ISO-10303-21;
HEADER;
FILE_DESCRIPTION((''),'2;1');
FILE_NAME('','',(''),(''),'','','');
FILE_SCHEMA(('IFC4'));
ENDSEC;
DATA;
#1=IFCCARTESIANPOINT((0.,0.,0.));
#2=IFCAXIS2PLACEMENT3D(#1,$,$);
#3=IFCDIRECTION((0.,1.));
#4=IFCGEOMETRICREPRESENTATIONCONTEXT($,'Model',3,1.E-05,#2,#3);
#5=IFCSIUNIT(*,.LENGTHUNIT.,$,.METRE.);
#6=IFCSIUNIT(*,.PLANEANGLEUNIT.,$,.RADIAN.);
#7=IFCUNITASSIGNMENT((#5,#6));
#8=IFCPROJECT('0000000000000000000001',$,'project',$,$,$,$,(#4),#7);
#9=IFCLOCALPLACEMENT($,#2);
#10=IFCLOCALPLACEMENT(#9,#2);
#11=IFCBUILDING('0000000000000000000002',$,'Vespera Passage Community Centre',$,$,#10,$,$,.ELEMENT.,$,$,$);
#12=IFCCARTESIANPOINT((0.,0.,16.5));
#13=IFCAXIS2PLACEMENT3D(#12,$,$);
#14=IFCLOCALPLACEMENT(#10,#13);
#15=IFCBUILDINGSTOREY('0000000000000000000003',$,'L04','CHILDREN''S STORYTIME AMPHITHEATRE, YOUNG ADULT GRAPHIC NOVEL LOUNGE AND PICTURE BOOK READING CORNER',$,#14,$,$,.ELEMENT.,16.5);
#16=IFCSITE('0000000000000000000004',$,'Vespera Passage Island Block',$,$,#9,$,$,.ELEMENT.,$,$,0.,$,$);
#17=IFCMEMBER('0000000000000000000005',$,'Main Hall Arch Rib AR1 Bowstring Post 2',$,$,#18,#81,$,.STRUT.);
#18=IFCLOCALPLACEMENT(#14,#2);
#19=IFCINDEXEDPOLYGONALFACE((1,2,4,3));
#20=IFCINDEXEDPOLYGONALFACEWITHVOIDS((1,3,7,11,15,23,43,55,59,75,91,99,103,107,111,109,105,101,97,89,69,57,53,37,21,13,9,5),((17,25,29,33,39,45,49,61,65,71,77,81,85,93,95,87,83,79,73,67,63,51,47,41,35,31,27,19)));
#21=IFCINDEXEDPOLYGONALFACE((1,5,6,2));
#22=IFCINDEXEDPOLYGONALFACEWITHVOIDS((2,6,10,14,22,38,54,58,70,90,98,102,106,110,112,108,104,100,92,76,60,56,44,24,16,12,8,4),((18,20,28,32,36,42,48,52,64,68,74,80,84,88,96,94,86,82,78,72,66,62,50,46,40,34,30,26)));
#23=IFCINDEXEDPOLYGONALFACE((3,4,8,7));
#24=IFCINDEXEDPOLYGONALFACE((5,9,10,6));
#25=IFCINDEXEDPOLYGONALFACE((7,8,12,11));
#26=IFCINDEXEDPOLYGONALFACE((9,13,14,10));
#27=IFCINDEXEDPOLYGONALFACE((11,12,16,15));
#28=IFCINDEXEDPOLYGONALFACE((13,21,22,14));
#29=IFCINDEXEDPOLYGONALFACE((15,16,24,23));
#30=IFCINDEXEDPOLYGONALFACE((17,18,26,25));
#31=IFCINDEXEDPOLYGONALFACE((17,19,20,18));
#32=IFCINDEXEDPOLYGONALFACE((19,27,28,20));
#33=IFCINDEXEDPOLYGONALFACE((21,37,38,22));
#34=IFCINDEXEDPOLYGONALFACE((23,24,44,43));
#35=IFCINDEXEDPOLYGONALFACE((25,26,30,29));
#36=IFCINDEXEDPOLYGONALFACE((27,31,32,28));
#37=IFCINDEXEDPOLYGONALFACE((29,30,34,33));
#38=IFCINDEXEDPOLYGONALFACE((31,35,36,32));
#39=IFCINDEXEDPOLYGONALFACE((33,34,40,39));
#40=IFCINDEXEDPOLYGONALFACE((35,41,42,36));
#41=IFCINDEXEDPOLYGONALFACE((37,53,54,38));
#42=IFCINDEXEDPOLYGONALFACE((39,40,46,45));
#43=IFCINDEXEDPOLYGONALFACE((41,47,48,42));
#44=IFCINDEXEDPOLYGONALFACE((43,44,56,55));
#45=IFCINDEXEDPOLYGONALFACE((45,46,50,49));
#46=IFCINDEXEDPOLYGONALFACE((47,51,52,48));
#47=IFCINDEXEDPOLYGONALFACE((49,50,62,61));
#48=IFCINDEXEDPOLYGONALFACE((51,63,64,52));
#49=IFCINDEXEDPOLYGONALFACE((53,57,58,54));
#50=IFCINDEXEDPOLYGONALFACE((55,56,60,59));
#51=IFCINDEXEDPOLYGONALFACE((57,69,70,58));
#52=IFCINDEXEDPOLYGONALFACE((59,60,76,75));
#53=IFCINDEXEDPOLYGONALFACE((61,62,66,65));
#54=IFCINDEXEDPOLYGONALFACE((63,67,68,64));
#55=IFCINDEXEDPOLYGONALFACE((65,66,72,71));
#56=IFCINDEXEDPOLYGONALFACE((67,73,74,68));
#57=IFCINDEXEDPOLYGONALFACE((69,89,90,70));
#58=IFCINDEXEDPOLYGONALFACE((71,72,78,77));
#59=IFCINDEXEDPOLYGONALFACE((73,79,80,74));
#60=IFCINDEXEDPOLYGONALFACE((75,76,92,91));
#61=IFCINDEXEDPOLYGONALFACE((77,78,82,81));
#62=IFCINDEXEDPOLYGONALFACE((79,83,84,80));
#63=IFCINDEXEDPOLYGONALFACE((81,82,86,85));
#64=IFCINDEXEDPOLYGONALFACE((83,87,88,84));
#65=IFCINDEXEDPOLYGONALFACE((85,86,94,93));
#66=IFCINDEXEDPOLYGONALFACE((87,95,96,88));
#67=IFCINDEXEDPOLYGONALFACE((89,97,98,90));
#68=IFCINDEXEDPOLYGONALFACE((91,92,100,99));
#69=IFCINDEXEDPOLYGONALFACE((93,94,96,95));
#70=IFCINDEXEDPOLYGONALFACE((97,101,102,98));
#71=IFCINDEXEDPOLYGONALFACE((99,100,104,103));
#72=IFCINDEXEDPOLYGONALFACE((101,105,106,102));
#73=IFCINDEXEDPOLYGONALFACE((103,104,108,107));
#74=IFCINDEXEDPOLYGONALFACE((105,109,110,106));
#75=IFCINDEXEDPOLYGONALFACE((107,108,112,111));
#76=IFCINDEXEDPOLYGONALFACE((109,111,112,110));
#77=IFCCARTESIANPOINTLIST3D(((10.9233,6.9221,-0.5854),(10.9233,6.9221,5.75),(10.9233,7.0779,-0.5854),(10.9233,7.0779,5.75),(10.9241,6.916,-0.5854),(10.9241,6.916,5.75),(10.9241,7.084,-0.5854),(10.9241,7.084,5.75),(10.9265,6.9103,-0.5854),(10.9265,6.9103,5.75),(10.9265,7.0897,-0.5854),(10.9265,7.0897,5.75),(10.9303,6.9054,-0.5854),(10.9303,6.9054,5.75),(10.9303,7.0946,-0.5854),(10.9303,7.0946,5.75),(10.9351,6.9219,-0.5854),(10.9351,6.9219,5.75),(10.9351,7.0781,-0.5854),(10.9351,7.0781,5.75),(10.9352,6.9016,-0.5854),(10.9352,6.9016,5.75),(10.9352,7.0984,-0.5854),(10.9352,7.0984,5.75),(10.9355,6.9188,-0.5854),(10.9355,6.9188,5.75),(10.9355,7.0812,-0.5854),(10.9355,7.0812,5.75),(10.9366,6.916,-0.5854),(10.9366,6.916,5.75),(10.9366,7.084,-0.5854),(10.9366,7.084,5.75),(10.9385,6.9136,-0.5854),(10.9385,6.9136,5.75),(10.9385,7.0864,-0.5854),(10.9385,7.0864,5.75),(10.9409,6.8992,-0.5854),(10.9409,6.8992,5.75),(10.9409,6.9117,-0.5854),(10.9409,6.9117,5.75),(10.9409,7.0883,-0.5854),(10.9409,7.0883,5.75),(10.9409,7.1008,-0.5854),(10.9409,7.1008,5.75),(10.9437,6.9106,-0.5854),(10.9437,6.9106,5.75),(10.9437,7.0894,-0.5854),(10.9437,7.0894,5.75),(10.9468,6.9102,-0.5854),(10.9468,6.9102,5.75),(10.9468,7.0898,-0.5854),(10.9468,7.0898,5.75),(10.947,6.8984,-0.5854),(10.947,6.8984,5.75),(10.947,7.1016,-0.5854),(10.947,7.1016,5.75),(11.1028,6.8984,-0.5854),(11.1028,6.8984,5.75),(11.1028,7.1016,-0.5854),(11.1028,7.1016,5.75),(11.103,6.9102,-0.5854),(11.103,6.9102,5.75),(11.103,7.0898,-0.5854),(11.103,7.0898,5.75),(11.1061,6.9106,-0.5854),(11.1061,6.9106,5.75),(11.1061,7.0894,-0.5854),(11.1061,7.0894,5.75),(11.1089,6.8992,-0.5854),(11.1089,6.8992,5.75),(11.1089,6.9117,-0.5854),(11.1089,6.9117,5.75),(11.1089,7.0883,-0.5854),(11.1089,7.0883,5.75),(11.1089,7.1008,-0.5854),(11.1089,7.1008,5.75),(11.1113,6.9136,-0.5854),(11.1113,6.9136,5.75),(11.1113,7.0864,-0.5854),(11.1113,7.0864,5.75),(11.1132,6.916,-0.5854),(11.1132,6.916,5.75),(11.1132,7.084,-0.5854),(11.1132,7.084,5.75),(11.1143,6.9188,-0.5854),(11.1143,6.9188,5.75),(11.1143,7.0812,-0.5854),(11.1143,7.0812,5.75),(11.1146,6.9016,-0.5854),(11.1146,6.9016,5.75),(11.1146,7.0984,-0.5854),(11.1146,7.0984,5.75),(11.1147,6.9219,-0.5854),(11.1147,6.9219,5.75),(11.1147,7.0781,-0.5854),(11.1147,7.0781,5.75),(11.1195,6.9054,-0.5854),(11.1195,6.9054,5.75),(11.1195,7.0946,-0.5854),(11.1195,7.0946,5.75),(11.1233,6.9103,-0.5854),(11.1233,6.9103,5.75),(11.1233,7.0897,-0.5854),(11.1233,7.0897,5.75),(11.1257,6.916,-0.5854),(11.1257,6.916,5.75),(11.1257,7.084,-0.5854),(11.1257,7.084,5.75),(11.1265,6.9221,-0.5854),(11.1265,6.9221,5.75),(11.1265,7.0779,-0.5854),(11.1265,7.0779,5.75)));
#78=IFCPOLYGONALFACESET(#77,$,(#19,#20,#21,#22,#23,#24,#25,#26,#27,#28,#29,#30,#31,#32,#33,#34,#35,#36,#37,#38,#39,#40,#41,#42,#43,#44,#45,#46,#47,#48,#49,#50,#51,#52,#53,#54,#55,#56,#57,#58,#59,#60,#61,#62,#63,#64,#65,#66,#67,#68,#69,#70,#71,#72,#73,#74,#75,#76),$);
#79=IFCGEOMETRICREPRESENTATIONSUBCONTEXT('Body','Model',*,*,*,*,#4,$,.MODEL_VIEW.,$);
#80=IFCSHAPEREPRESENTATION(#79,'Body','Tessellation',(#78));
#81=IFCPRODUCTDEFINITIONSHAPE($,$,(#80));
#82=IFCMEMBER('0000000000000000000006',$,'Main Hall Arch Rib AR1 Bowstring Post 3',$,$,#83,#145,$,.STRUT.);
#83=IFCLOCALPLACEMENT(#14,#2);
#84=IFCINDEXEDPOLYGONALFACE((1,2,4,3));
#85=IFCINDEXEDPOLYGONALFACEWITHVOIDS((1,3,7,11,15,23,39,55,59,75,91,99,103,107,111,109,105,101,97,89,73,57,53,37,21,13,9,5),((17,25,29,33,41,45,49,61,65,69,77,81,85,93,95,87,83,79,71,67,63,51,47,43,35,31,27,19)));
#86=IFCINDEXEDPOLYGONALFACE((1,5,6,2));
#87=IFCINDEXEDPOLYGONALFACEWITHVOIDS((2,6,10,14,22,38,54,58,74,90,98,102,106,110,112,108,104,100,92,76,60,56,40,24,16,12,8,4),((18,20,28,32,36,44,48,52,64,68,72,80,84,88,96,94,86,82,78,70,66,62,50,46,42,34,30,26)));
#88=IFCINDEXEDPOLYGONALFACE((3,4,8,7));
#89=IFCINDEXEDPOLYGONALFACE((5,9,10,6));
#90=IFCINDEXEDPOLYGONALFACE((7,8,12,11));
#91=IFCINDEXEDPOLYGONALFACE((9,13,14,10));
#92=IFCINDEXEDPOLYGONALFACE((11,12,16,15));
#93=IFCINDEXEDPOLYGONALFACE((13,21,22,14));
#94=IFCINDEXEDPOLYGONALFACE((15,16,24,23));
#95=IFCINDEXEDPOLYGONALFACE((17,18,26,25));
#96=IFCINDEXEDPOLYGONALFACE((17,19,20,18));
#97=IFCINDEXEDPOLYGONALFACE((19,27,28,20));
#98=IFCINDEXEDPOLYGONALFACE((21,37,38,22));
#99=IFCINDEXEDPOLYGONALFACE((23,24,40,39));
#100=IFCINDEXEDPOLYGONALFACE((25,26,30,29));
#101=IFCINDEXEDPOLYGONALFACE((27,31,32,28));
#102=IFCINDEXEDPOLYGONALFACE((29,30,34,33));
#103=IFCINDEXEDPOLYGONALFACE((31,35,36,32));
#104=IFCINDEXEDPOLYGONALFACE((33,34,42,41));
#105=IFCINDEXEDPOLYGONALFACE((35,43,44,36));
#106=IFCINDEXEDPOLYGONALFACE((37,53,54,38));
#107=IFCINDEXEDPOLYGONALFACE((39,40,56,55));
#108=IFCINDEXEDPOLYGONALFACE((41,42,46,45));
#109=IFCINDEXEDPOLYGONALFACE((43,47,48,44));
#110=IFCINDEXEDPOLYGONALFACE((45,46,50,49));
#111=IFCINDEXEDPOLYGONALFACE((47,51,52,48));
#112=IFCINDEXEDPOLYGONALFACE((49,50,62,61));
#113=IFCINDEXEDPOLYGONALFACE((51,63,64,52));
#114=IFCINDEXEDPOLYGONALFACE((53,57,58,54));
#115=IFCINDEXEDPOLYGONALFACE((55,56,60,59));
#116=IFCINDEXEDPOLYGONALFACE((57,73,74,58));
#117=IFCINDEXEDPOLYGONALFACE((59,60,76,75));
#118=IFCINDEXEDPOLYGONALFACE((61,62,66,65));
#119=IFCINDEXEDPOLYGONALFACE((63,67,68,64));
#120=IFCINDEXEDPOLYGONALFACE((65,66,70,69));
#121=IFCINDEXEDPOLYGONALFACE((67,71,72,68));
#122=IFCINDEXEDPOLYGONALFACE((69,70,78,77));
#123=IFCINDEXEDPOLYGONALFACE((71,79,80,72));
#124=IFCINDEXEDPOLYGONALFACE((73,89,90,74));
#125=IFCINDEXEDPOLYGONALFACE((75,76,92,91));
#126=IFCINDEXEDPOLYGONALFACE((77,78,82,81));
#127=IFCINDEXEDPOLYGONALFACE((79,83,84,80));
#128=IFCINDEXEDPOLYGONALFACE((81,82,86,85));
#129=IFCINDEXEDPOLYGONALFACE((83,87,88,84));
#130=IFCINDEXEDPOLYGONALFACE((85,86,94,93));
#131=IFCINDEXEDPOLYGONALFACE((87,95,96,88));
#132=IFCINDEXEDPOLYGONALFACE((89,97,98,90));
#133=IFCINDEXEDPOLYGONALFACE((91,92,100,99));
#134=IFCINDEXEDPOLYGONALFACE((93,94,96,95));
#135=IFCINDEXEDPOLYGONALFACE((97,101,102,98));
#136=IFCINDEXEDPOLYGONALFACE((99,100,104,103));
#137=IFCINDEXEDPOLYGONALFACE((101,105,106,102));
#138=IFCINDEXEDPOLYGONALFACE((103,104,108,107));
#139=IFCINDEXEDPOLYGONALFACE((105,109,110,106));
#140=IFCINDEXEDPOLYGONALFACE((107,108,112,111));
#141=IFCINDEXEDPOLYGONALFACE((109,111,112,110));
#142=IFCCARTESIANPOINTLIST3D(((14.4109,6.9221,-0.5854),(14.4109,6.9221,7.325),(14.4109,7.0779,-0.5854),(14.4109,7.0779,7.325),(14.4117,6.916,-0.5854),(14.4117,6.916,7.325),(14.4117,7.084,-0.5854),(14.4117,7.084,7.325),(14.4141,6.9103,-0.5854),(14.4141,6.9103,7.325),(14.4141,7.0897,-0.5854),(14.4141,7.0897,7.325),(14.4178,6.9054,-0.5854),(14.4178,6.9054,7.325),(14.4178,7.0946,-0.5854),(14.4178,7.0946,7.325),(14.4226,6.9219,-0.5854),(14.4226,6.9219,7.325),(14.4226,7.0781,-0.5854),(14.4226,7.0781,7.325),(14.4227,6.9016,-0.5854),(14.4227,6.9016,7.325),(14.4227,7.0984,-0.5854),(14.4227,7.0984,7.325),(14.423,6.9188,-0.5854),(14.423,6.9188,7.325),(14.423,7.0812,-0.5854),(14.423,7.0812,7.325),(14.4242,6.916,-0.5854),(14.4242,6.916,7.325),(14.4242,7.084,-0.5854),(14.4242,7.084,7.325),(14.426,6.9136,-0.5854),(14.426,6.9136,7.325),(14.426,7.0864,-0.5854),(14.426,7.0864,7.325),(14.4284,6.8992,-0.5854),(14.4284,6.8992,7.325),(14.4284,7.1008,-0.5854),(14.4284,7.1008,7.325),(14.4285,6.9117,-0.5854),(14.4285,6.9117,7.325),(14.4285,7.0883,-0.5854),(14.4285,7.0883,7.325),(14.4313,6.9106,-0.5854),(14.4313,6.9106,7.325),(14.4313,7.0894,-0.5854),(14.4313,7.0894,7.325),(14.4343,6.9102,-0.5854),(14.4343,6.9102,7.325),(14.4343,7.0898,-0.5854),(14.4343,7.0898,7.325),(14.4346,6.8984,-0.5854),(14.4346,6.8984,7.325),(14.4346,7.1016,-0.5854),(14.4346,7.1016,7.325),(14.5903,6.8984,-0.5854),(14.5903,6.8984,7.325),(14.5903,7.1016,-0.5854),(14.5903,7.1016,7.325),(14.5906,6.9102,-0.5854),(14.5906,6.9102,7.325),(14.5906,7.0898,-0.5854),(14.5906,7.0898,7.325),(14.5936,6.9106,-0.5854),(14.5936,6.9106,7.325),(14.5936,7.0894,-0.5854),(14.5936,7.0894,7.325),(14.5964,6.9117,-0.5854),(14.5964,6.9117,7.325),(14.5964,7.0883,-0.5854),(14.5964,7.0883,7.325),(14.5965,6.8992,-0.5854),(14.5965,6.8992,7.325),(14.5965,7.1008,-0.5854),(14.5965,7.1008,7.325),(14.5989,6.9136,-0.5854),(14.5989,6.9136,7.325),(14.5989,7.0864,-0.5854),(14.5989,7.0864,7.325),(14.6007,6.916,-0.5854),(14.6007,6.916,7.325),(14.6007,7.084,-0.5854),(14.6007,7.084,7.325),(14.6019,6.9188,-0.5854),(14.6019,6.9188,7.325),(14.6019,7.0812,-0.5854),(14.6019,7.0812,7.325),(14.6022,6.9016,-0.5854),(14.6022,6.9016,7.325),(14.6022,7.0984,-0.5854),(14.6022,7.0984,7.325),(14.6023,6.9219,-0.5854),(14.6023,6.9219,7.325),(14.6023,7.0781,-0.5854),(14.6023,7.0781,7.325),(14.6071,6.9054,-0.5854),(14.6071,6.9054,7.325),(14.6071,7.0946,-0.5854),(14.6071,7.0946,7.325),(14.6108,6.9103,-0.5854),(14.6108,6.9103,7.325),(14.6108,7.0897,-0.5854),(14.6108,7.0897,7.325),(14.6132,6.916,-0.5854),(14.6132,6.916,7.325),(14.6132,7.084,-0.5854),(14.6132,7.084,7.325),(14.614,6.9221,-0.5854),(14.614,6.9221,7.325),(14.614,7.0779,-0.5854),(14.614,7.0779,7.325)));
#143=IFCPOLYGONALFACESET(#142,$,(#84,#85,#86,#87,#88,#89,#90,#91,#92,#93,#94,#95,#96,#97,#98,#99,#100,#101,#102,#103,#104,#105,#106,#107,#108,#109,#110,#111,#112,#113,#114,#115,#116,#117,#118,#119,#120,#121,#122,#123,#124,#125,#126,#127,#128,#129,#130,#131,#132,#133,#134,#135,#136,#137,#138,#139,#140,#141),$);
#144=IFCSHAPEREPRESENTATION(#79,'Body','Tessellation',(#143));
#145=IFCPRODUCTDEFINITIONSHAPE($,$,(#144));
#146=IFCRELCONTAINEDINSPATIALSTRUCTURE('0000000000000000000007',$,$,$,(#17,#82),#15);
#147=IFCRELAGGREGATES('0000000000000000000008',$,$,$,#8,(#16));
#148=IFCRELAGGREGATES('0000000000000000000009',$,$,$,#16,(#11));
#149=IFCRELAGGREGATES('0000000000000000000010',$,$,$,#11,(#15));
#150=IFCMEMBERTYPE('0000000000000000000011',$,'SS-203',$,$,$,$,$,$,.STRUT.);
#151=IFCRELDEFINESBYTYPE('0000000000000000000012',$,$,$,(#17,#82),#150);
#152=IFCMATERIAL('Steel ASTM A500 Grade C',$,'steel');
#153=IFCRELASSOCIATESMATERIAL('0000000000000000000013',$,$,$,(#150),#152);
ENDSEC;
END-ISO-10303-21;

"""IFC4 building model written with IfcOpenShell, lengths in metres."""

from ifc_helpers import new_model, si_unit, direction, frame, origin, origin_2d, place, context, subcontext, project, spatial, hollow_rectangle, extrude, material, material_profile, profile_set, type_object, element, save


model = new_model("IFC4")

# Units and contexts
model_context = context("Model", 3, precision=1e-05, world=origin(), true_north=direction((0.0, 1.0)))
body_context = subcontext(model_context, "Body", "Model", "MODEL_VIEW")
ifc_project = project(units=[si_unit("LENGTHUNIT", "METRE"), si_unit("PLANEANGLEUNIT", "RADIAN")], contexts=[model_context])

# Site, building, storey
site_placement = place(None, origin())
site = spatial("IfcSite", under=ifc_project, at=site_placement, Name="Vespera Passage Island Block", CompositionType="ELEMENT", RefElevation=0.0)
building_placement = place(site_placement, origin())
building = spatial("IfcBuilding", under=site, at=building_placement, Name="Vespera Passage Community Centre", CompositionType="ELEMENT")
storey_placement = place(building_placement, frame((0.0, 0.0, 16.5)))
storey = spatial("IfcBuildingStorey", under=building, at=storey_placement, Name="L04", Description="CHILDREN'S STORYTIME AMPHITHEATRE, YOUNG ADULT GRAPHIC NOVEL LOUNGE AND PICTURE BOOK READING CORNER", CompositionType="ELEMENT", Elevation=16.5)

# Members
ifc_material_1 = material(Name="Steel ASTM A500 Grade C", Category="steel")
ifc_material_profile_1 = material_profile(ifc_material_1, hollow_rectangle(XDim=0.2031, YDim=0.2031, WallThickness=0.0117, InnerFilletRadius=0.0117, OuterFilletRadius=0.0237, at=origin_2d()), Name="HSS203X203X12.7")
ifc_profile_set_1 = profile_set([ifc_material_profile_1], Name="Steel ASTM A500 Grade C")
member_type_1 = type_object("IfcMemberType", Name="SS-203", PredefinedType="STRUT", material=ifc_profile_set_1)
member_1_placement = place(storey_placement, frame((11.0249, 7.0, -0.5854), z_axis=(0.0, 0.0, 1.0), x_axis=(1.0, 0.0, 0.0)))
element("IfcMember", 1, at=member_1_placement, inside=storey, type_object=member_type_1, Name="Main Hall Arch Rib AR1 Bowstring Post 2", PredefinedType="STRUT", context=body_context, shape_type="SweptSolid", body=[
    extrude(hollow_rectangle(XDim=0.2031, YDim=0.2031, WallThickness=0.0117, InnerFilletRadius=0.0117, OuterFilletRadius=0.0237, at=origin_2d()), origin(), (0.0, 0.0, 1.0), 6.3354),
])
member_2_placement = place(storey_placement, frame((14.5125, 7.0, -0.5854), z_axis=(0.0, 0.0, 1.0), x_axis=(1.0, 0.0, 0.0)))
element("IfcMember", 2, at=member_2_placement, inside=storey, type_object=member_type_1, Name="Main Hall Arch Rib AR1 Bowstring Post 3", PredefinedType="STRUT", context=body_context, shape_type="SweptSolid", body=[
    extrude(hollow_rectangle(XDim=0.2031, YDim=0.2031, WallThickness=0.0117, InnerFilletRadius=0.0117, OuterFilletRadius=0.0237, at=origin_2d()), origin(), (0.0, 0.0, 1.0), 7.9104),
])

save(model, "model.ifc")
